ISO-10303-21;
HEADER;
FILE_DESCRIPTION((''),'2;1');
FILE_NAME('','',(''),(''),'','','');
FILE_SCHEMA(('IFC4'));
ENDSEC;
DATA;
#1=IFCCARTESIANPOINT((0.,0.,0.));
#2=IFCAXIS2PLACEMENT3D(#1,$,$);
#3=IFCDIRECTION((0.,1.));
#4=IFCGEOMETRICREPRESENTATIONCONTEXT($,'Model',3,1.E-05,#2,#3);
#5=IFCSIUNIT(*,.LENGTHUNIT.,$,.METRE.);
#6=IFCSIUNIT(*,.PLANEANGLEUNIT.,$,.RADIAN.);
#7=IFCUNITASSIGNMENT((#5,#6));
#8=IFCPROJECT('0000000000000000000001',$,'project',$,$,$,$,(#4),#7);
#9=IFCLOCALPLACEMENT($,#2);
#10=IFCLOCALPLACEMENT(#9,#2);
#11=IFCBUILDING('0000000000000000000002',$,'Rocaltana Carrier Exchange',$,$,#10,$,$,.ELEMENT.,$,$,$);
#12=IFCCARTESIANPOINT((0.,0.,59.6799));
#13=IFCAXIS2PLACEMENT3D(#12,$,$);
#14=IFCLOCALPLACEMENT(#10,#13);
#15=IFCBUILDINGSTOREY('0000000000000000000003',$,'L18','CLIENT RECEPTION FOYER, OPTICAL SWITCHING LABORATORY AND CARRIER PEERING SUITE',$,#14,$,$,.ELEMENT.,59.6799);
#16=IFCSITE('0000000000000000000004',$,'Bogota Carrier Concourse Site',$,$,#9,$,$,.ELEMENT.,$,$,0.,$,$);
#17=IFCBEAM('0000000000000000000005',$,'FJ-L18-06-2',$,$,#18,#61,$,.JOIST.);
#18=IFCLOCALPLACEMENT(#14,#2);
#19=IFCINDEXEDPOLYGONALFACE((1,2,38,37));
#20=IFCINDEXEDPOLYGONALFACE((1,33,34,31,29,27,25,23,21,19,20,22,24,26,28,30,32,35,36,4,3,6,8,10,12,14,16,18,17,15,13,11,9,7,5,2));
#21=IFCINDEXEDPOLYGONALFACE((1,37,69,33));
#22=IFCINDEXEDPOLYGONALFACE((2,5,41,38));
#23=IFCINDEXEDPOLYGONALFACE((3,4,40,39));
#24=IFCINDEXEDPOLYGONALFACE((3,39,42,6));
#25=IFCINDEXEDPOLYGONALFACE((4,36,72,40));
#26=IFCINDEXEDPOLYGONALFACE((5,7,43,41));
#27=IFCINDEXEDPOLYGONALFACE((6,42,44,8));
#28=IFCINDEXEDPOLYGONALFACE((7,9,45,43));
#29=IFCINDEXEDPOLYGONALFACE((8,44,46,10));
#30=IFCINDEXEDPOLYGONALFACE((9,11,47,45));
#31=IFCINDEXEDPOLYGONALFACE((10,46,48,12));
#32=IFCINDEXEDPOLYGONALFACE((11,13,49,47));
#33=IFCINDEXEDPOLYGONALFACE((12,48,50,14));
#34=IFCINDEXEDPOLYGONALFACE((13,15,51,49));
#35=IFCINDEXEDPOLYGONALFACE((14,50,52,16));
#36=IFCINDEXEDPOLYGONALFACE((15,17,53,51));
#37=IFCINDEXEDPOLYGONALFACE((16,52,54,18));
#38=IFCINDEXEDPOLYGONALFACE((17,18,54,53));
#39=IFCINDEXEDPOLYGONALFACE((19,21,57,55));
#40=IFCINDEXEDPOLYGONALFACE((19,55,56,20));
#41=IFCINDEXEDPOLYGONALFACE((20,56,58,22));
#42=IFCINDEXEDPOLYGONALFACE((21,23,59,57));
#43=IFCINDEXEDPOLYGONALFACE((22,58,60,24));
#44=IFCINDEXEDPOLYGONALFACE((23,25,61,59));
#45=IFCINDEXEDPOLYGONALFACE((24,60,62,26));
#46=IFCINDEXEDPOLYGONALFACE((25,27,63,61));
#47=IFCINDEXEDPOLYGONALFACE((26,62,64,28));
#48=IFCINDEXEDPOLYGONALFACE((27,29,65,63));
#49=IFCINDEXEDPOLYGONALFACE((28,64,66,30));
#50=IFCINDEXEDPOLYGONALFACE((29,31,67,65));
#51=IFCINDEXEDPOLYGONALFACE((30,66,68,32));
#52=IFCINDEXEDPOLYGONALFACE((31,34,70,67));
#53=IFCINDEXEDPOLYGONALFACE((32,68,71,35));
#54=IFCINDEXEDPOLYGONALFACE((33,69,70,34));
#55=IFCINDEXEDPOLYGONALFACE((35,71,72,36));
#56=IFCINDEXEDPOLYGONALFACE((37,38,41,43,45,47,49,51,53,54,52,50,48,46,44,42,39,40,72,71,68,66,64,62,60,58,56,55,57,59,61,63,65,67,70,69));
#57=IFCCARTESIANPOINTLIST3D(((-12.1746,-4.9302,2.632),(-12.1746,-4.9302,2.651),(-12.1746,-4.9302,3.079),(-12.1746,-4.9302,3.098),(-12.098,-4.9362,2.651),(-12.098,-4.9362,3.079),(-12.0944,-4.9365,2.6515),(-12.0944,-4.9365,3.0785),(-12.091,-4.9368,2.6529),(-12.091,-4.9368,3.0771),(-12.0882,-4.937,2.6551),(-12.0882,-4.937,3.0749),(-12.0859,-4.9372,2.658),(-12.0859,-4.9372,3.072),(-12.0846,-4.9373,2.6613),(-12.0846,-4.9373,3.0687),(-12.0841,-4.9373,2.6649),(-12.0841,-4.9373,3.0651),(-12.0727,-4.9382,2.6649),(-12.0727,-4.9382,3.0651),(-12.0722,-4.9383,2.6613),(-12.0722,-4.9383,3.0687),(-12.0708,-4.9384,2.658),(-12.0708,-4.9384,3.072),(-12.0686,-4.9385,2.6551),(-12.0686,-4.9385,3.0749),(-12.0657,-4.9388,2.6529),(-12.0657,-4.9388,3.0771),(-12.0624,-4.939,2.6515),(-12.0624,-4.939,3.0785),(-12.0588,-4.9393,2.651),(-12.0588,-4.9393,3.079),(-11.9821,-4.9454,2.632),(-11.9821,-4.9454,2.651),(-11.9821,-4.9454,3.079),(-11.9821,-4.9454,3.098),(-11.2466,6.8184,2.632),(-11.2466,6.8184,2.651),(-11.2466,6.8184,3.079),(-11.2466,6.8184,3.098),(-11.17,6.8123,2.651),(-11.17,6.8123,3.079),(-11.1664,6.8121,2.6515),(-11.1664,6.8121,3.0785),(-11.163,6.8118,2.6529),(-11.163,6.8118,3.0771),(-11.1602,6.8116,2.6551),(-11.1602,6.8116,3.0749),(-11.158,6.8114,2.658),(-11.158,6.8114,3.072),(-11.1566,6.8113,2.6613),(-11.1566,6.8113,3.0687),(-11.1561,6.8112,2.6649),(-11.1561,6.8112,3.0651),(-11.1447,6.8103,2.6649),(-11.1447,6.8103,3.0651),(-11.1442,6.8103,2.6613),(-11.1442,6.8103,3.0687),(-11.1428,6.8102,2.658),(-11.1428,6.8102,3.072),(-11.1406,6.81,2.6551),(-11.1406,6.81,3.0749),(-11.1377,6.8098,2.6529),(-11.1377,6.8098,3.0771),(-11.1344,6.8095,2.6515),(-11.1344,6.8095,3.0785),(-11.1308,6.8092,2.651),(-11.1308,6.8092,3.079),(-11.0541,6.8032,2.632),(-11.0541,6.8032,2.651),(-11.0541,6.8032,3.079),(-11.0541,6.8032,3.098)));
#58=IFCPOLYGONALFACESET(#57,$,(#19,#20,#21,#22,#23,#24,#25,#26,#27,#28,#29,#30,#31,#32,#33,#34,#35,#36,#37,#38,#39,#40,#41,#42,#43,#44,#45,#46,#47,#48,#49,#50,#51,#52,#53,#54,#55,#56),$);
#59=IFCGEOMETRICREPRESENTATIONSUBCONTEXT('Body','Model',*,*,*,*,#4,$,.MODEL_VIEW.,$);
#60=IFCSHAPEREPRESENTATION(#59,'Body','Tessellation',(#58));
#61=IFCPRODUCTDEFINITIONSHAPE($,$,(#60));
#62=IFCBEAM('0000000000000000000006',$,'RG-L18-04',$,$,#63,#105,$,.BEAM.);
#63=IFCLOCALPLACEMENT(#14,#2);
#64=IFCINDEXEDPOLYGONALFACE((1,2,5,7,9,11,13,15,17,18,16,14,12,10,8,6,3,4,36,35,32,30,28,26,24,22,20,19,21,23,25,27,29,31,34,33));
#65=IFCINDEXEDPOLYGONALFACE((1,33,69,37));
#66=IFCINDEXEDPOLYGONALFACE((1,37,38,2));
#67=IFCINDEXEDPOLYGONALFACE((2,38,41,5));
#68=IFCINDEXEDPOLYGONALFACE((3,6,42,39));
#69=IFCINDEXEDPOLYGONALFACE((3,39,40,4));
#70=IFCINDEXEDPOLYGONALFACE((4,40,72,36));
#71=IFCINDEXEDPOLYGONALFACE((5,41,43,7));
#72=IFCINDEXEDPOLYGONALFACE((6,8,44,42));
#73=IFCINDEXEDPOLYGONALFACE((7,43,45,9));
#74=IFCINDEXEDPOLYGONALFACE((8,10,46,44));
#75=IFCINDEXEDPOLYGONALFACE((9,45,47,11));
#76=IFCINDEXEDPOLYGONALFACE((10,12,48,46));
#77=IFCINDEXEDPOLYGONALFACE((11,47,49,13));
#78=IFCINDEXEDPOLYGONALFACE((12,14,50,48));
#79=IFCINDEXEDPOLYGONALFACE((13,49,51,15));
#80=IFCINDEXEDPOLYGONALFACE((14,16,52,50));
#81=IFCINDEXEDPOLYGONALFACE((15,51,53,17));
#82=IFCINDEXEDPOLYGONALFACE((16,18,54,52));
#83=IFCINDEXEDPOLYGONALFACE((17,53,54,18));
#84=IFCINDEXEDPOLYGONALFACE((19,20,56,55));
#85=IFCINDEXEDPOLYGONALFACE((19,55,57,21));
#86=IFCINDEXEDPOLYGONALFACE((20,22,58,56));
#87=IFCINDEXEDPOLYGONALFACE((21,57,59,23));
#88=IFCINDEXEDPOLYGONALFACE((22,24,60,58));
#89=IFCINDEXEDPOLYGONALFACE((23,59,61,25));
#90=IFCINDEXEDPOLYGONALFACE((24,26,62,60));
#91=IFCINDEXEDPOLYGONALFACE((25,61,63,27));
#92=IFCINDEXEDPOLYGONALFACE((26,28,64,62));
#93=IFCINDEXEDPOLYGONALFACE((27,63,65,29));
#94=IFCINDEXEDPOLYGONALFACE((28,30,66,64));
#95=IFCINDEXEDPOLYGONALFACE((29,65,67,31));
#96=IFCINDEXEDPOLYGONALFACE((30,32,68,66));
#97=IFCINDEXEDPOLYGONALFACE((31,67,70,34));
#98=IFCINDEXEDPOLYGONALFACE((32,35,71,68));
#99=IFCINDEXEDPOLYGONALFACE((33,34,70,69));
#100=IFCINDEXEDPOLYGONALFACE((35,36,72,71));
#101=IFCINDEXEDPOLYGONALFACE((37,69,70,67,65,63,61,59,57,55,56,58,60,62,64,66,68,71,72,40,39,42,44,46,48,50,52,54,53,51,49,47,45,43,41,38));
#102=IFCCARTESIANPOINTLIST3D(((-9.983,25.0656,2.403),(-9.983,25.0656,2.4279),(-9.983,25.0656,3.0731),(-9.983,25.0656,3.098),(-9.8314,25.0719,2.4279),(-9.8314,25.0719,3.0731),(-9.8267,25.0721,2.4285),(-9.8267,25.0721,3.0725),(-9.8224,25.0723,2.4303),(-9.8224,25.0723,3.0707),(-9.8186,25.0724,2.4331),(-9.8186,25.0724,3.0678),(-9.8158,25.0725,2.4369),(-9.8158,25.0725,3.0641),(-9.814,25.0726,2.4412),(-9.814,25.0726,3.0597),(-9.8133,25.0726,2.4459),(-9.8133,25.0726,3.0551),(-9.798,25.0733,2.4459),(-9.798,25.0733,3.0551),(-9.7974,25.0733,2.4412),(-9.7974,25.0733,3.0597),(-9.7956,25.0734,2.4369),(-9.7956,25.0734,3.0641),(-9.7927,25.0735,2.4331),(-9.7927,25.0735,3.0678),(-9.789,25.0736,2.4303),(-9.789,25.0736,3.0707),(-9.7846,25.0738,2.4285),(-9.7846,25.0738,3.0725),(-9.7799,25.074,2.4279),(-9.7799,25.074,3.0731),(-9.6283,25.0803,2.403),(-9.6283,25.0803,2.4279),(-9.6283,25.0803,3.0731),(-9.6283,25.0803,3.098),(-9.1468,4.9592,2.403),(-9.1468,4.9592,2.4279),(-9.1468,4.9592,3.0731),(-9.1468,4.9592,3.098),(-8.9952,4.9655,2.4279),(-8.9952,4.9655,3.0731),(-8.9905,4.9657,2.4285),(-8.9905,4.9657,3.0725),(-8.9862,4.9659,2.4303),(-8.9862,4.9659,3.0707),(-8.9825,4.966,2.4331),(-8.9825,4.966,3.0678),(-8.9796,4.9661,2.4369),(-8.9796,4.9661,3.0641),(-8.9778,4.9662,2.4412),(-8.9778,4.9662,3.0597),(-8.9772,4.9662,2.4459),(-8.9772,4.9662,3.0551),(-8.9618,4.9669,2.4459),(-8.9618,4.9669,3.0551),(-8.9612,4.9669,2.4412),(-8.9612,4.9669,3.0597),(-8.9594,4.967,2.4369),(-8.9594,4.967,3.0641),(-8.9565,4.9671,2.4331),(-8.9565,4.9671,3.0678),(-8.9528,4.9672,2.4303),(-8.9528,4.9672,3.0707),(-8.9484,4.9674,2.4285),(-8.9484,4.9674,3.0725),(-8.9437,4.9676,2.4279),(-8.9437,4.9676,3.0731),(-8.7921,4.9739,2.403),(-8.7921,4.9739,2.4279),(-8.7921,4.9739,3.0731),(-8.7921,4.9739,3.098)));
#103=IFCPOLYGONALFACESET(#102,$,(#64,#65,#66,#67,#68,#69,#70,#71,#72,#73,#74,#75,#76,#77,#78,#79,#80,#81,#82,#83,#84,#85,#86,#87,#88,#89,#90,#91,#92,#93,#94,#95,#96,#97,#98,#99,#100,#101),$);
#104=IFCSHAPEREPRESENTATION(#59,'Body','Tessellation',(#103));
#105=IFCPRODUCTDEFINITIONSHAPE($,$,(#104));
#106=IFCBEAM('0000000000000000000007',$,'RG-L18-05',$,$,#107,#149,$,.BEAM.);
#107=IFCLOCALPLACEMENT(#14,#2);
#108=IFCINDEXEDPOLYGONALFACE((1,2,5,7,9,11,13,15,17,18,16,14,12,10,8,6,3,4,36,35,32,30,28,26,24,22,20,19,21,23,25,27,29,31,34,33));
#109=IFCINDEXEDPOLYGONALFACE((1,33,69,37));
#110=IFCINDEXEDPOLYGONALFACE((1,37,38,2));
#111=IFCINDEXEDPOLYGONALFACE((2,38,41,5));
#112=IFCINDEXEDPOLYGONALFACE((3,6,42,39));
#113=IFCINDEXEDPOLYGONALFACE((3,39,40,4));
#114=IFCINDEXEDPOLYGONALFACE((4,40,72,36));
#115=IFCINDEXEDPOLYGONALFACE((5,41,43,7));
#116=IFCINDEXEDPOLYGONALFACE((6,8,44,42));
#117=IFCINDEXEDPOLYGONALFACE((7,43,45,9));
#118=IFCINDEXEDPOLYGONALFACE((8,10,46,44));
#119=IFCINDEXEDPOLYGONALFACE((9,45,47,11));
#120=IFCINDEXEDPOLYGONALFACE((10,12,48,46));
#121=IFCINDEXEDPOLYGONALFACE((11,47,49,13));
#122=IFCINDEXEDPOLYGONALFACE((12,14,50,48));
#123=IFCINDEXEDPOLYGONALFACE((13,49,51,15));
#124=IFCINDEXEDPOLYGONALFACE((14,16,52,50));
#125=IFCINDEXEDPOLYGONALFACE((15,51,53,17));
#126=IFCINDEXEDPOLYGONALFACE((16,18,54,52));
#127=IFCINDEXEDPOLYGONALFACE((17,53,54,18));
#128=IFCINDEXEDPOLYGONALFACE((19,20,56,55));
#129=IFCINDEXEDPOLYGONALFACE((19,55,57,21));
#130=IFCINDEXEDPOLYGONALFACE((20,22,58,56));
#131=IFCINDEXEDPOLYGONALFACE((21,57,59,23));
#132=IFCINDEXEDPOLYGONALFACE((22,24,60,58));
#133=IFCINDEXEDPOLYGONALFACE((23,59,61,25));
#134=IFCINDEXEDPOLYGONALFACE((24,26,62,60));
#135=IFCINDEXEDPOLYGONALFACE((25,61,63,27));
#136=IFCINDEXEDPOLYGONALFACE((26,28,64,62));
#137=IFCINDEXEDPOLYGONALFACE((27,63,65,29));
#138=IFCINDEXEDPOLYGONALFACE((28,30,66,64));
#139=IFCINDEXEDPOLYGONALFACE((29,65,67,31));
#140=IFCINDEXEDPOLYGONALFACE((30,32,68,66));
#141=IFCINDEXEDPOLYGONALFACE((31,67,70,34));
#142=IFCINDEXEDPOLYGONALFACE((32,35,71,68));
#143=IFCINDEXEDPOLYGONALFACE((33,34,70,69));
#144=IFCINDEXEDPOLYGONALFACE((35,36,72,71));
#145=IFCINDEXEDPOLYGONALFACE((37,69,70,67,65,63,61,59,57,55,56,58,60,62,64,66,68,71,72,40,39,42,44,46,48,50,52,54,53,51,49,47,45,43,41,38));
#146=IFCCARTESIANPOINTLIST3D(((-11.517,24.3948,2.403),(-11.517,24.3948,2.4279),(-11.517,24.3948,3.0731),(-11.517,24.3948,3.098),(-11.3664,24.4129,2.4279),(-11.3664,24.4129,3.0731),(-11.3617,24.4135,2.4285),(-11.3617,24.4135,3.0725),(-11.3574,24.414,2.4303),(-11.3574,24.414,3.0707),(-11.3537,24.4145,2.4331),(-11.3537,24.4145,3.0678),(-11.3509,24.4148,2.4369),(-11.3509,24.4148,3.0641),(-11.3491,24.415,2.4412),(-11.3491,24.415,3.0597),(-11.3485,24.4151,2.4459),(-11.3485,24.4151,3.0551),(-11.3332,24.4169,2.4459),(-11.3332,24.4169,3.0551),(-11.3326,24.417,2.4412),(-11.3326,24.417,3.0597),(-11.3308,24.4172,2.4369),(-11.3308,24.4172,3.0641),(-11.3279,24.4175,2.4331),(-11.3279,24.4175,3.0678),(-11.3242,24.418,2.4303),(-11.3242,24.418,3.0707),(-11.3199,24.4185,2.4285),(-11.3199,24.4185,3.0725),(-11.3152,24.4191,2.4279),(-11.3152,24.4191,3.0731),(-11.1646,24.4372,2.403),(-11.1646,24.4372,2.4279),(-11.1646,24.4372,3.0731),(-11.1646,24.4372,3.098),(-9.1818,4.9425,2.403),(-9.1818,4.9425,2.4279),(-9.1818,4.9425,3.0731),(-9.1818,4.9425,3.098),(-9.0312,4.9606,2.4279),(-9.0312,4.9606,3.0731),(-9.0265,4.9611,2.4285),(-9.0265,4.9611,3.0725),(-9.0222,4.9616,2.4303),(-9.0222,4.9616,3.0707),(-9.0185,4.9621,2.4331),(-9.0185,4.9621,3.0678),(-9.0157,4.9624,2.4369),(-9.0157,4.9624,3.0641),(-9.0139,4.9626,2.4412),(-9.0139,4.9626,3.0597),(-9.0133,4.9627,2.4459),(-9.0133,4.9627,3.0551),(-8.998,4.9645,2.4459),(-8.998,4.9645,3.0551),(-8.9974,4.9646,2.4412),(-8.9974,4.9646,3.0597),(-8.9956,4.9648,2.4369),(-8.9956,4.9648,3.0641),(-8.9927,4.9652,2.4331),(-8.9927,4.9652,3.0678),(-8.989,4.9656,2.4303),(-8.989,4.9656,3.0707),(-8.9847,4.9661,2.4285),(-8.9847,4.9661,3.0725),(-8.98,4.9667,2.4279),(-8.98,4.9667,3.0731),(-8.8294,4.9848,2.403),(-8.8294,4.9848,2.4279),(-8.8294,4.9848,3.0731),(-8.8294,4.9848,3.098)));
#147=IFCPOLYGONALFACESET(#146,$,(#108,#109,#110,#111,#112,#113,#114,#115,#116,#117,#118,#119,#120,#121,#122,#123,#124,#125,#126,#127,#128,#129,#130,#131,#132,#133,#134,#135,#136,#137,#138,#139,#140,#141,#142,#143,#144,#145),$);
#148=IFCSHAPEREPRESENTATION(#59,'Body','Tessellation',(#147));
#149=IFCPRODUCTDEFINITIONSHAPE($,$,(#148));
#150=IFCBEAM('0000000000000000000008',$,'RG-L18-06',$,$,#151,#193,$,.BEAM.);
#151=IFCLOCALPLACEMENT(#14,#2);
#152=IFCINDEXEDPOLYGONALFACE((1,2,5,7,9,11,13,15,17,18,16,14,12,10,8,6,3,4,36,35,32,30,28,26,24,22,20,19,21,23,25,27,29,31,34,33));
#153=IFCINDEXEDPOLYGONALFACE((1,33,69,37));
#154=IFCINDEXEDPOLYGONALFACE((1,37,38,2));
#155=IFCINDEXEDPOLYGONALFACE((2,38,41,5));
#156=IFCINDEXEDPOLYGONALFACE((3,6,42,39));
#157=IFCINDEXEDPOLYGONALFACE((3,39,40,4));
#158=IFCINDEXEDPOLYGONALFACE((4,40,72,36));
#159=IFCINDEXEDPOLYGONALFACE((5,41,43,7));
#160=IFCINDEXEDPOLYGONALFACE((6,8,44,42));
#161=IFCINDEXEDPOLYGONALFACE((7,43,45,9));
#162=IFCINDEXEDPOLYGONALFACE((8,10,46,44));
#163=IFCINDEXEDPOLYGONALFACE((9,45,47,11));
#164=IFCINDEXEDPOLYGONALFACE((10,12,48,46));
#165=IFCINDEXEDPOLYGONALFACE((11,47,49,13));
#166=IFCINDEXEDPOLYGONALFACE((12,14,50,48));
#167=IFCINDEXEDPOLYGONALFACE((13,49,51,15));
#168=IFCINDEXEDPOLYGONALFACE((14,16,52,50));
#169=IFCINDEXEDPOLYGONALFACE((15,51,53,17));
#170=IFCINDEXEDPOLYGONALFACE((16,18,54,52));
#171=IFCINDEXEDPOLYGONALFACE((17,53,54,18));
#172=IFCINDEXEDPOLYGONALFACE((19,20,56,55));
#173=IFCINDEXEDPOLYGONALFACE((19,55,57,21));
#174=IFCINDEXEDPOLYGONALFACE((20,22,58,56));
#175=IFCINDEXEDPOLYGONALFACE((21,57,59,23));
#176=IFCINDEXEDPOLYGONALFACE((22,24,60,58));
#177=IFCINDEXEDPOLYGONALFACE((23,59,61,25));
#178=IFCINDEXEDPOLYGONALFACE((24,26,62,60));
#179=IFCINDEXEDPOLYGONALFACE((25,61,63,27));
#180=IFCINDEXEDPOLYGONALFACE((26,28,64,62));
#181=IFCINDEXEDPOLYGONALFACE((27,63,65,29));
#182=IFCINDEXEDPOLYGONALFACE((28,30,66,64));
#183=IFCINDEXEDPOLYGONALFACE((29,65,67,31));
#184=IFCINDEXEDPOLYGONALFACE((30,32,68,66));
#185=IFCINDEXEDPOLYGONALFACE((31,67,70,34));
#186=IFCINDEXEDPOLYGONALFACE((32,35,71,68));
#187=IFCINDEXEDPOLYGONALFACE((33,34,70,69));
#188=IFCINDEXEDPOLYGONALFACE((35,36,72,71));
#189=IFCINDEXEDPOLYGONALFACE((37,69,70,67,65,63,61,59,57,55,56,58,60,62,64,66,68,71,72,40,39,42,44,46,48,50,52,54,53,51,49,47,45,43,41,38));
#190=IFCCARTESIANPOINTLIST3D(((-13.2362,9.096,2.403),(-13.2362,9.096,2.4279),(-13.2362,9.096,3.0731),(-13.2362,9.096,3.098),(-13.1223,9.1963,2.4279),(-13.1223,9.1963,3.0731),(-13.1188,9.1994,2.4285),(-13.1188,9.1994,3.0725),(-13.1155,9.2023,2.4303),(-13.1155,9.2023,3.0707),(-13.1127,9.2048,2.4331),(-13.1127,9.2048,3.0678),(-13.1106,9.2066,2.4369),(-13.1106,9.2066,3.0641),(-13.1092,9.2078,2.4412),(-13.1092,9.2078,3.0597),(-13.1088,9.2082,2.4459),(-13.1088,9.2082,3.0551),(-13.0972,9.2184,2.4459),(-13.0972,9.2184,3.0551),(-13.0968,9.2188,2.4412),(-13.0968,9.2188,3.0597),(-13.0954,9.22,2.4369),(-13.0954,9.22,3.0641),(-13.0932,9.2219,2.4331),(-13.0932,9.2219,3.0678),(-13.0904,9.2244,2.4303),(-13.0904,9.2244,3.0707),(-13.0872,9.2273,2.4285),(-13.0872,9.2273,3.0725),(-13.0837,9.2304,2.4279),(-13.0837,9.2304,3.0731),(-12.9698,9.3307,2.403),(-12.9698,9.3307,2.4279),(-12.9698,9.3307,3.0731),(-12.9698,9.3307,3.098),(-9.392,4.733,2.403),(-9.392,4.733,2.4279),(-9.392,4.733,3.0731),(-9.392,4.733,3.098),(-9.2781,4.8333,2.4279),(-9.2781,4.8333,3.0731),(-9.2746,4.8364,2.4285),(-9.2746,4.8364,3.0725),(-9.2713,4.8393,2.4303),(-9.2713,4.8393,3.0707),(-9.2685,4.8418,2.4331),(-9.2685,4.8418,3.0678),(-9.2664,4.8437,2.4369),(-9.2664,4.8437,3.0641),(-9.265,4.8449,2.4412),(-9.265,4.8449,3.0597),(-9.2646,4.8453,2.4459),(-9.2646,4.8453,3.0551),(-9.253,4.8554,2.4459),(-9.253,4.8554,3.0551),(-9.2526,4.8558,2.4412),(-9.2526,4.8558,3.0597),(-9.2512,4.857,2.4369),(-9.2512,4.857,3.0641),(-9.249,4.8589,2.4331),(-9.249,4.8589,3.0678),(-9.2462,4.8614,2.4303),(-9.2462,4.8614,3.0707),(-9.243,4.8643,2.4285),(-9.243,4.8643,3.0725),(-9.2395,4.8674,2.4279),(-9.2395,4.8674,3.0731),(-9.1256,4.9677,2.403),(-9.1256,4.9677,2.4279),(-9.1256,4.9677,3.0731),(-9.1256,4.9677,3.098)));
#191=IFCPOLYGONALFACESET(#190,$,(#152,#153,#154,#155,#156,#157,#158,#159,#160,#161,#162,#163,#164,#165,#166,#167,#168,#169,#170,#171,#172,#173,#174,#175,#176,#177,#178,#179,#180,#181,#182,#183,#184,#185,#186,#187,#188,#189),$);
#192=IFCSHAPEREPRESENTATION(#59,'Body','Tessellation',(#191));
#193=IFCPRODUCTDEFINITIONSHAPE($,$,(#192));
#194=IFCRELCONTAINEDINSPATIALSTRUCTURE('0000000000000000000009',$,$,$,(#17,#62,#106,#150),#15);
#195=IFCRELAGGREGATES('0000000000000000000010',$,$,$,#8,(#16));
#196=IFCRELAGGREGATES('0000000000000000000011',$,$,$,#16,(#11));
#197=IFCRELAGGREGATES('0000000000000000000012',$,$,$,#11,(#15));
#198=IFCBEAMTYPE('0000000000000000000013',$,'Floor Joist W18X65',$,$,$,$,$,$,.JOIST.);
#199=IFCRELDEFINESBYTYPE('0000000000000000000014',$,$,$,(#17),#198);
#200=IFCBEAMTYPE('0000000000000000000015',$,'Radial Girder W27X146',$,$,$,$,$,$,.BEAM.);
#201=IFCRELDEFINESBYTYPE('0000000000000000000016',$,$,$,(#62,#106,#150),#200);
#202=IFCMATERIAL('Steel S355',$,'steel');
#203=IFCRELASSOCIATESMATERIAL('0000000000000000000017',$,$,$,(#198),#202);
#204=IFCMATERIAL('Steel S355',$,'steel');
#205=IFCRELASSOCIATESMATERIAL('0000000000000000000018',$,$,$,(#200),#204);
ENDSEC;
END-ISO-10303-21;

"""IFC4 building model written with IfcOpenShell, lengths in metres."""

from ifc_helpers import new_model, si_unit, direction, frame, origin, origin_2d, place, context, subcontext, project, spatial, i_section, extrude, material, material_profile, profile_set, type_object, element, save


model = new_model("IFC4")

# Units and contexts
model_context = context("Model", 3, precision=1e-05, world=origin(), true_north=direction((0.0, 1.0)))
body_context = subcontext(model_context, "Body", "Model", "MODEL_VIEW")
ifc_project = project(units=[si_unit("LENGTHUNIT", "METRE"), si_unit("PLANEANGLEUNIT", "RADIAN")], contexts=[model_context])

# Site, building, storey
site_placement = place(None, origin())
site = spatial("IfcSite", under=ifc_project, at=site_placement, Name="Bogota Carrier Concourse Site", CompositionType="ELEMENT", RefElevation=0.0)
building_placement = place(site_placement, origin())
building = spatial("IfcBuilding", under=site, at=building_placement, Name="Rocaltana Carrier Exchange", CompositionType="ELEMENT")
storey_placement = place(building_placement, frame((0.0, 0.0, 59.6799)))
storey = spatial("IfcBuildingStorey", under=building, at=storey_placement, Name="L18", Description="CLIENT RECEPTION FOYER, OPTICAL SWITCHING LABORATORY AND CARRIER PEERING SUITE", CompositionType="ELEMENT", Elevation=59.6799)

# Beams
ifc_material_1 = material(Name="Steel S355", Category="steel")
ifc_material_profile_1 = material_profile(ifc_material_1, i_section(OverallWidth=0.1931, OverallDepth=0.4661, WebThickness=0.0115, FlangeThickness=0.019, FilletRadius=0.0139, at=origin_2d()), Name="W18X65")
ifc_profile_set_1 = profile_set([ifc_material_profile_1], Name="Steel S355")
beam_type_1 = type_object("IfcBeamType", Name="Floor Joist W18X65", PredefinedType="JOIST", material=ifc_profile_set_1)
beam_1_placement = place(storey_placement, frame((-11.1504, 6.8108, 2.865), z_axis=(-0.078741, -0.996895, 0.0), x_axis=(0.996895, -0.078741, 0.0)))
element("IfcBeam", 1, at=beam_1_placement, inside=storey, type_object=beam_type_1, Name="FJ-L18-06-2", PredefinedType="JOIST", context=body_context, shape_type="SweptSolid", body=[
    extrude(i_section(OverallWidth=0.1931, OverallDepth=0.4661, WebThickness=0.0115, FlangeThickness=0.019, FilletRadius=0.0139, at=origin_2d()), origin(), (0.0, 0.0, 1.0), 11.7852),
])
ifc_material_2 = material(Name="Steel S355", Category="steel")
ifc_material_profile_2 = material_profile(ifc_material_2, i_section(OverallWidth=0.355, OverallDepth=0.6951, WebThickness=0.0154, FlangeThickness=0.0249, FilletRadius=0.0181, at=origin_2d()), Name="W27X146")
ifc_profile_set_2 = profile_set([ifc_material_profile_2], Name="Steel S355")
beam_type_2 = type_object("IfcBeamType", Name="Radial Girder W27X146", PredefinedType="BEAM", material=ifc_profile_set_2)
beam_2_placement = place(storey_placement, frame((-8.9695, 4.9666, 2.7505), z_axis=(-0.041552, 0.999136, 0.0), x_axis=(-0.999136, -0.041552, 0.0)))
element("IfcBeam", 2, at=beam_2_placement, inside=storey, type_object=beam_type_2, Name="RG-L18-04", PredefinedType="BEAM", context=body_context, shape_type="SweptSolid", body=[
    extrude(i_section(OverallWidth=0.355, OverallDepth=0.6951, WebThickness=0.0154, FlangeThickness=0.0249, FilletRadius=0.0181, at=origin_2d()), origin(), (0.0, 0.0, 1.0), 20.1238),
])
beam_3_placement = place(storey_placement, frame((-9.0056, 4.9636, 2.7505), z_axis=(-0.119191, 0.992871, 0.0), x_axis=(-0.992871, -0.119191, 0.0)))
element("IfcBeam", 3, at=beam_3_placement, inside=storey, type_object=beam_type_2, Name="RG-L18-05", PredefinedType="BEAM", context=body_context, shape_type="SweptSolid", body=[
    extrude(i_section(OverallWidth=0.355, OverallDepth=0.6951, WebThickness=0.0154, FlangeThickness=0.0249, FilletRadius=0.0181, at=origin_2d()), origin(), (0.0, 0.0, 1.0), 19.592),
])
beam_4_placement = place(storey_placement, frame((-9.2588, 4.8503, 2.7505), z_axis=(-0.66109, 0.750307, 0.0), x_axis=(-0.750307, -0.66109, 0.0)))
element("IfcBeam", 4, at=beam_4_placement, inside=storey, type_object=beam_type_2, Name="RG-L18-06", PredefinedType="BEAM", context=body_context, shape_type="SweptSolid", body=[
    extrude(i_section(OverallWidth=0.355, OverallDepth=0.6951, WebThickness=0.0154, FlangeThickness=0.0249, FilletRadius=0.0181, at=origin_2d()), origin(), (0.0, 0.0, 1.0), 5.8149),
])

save(model, "model.ifc")
